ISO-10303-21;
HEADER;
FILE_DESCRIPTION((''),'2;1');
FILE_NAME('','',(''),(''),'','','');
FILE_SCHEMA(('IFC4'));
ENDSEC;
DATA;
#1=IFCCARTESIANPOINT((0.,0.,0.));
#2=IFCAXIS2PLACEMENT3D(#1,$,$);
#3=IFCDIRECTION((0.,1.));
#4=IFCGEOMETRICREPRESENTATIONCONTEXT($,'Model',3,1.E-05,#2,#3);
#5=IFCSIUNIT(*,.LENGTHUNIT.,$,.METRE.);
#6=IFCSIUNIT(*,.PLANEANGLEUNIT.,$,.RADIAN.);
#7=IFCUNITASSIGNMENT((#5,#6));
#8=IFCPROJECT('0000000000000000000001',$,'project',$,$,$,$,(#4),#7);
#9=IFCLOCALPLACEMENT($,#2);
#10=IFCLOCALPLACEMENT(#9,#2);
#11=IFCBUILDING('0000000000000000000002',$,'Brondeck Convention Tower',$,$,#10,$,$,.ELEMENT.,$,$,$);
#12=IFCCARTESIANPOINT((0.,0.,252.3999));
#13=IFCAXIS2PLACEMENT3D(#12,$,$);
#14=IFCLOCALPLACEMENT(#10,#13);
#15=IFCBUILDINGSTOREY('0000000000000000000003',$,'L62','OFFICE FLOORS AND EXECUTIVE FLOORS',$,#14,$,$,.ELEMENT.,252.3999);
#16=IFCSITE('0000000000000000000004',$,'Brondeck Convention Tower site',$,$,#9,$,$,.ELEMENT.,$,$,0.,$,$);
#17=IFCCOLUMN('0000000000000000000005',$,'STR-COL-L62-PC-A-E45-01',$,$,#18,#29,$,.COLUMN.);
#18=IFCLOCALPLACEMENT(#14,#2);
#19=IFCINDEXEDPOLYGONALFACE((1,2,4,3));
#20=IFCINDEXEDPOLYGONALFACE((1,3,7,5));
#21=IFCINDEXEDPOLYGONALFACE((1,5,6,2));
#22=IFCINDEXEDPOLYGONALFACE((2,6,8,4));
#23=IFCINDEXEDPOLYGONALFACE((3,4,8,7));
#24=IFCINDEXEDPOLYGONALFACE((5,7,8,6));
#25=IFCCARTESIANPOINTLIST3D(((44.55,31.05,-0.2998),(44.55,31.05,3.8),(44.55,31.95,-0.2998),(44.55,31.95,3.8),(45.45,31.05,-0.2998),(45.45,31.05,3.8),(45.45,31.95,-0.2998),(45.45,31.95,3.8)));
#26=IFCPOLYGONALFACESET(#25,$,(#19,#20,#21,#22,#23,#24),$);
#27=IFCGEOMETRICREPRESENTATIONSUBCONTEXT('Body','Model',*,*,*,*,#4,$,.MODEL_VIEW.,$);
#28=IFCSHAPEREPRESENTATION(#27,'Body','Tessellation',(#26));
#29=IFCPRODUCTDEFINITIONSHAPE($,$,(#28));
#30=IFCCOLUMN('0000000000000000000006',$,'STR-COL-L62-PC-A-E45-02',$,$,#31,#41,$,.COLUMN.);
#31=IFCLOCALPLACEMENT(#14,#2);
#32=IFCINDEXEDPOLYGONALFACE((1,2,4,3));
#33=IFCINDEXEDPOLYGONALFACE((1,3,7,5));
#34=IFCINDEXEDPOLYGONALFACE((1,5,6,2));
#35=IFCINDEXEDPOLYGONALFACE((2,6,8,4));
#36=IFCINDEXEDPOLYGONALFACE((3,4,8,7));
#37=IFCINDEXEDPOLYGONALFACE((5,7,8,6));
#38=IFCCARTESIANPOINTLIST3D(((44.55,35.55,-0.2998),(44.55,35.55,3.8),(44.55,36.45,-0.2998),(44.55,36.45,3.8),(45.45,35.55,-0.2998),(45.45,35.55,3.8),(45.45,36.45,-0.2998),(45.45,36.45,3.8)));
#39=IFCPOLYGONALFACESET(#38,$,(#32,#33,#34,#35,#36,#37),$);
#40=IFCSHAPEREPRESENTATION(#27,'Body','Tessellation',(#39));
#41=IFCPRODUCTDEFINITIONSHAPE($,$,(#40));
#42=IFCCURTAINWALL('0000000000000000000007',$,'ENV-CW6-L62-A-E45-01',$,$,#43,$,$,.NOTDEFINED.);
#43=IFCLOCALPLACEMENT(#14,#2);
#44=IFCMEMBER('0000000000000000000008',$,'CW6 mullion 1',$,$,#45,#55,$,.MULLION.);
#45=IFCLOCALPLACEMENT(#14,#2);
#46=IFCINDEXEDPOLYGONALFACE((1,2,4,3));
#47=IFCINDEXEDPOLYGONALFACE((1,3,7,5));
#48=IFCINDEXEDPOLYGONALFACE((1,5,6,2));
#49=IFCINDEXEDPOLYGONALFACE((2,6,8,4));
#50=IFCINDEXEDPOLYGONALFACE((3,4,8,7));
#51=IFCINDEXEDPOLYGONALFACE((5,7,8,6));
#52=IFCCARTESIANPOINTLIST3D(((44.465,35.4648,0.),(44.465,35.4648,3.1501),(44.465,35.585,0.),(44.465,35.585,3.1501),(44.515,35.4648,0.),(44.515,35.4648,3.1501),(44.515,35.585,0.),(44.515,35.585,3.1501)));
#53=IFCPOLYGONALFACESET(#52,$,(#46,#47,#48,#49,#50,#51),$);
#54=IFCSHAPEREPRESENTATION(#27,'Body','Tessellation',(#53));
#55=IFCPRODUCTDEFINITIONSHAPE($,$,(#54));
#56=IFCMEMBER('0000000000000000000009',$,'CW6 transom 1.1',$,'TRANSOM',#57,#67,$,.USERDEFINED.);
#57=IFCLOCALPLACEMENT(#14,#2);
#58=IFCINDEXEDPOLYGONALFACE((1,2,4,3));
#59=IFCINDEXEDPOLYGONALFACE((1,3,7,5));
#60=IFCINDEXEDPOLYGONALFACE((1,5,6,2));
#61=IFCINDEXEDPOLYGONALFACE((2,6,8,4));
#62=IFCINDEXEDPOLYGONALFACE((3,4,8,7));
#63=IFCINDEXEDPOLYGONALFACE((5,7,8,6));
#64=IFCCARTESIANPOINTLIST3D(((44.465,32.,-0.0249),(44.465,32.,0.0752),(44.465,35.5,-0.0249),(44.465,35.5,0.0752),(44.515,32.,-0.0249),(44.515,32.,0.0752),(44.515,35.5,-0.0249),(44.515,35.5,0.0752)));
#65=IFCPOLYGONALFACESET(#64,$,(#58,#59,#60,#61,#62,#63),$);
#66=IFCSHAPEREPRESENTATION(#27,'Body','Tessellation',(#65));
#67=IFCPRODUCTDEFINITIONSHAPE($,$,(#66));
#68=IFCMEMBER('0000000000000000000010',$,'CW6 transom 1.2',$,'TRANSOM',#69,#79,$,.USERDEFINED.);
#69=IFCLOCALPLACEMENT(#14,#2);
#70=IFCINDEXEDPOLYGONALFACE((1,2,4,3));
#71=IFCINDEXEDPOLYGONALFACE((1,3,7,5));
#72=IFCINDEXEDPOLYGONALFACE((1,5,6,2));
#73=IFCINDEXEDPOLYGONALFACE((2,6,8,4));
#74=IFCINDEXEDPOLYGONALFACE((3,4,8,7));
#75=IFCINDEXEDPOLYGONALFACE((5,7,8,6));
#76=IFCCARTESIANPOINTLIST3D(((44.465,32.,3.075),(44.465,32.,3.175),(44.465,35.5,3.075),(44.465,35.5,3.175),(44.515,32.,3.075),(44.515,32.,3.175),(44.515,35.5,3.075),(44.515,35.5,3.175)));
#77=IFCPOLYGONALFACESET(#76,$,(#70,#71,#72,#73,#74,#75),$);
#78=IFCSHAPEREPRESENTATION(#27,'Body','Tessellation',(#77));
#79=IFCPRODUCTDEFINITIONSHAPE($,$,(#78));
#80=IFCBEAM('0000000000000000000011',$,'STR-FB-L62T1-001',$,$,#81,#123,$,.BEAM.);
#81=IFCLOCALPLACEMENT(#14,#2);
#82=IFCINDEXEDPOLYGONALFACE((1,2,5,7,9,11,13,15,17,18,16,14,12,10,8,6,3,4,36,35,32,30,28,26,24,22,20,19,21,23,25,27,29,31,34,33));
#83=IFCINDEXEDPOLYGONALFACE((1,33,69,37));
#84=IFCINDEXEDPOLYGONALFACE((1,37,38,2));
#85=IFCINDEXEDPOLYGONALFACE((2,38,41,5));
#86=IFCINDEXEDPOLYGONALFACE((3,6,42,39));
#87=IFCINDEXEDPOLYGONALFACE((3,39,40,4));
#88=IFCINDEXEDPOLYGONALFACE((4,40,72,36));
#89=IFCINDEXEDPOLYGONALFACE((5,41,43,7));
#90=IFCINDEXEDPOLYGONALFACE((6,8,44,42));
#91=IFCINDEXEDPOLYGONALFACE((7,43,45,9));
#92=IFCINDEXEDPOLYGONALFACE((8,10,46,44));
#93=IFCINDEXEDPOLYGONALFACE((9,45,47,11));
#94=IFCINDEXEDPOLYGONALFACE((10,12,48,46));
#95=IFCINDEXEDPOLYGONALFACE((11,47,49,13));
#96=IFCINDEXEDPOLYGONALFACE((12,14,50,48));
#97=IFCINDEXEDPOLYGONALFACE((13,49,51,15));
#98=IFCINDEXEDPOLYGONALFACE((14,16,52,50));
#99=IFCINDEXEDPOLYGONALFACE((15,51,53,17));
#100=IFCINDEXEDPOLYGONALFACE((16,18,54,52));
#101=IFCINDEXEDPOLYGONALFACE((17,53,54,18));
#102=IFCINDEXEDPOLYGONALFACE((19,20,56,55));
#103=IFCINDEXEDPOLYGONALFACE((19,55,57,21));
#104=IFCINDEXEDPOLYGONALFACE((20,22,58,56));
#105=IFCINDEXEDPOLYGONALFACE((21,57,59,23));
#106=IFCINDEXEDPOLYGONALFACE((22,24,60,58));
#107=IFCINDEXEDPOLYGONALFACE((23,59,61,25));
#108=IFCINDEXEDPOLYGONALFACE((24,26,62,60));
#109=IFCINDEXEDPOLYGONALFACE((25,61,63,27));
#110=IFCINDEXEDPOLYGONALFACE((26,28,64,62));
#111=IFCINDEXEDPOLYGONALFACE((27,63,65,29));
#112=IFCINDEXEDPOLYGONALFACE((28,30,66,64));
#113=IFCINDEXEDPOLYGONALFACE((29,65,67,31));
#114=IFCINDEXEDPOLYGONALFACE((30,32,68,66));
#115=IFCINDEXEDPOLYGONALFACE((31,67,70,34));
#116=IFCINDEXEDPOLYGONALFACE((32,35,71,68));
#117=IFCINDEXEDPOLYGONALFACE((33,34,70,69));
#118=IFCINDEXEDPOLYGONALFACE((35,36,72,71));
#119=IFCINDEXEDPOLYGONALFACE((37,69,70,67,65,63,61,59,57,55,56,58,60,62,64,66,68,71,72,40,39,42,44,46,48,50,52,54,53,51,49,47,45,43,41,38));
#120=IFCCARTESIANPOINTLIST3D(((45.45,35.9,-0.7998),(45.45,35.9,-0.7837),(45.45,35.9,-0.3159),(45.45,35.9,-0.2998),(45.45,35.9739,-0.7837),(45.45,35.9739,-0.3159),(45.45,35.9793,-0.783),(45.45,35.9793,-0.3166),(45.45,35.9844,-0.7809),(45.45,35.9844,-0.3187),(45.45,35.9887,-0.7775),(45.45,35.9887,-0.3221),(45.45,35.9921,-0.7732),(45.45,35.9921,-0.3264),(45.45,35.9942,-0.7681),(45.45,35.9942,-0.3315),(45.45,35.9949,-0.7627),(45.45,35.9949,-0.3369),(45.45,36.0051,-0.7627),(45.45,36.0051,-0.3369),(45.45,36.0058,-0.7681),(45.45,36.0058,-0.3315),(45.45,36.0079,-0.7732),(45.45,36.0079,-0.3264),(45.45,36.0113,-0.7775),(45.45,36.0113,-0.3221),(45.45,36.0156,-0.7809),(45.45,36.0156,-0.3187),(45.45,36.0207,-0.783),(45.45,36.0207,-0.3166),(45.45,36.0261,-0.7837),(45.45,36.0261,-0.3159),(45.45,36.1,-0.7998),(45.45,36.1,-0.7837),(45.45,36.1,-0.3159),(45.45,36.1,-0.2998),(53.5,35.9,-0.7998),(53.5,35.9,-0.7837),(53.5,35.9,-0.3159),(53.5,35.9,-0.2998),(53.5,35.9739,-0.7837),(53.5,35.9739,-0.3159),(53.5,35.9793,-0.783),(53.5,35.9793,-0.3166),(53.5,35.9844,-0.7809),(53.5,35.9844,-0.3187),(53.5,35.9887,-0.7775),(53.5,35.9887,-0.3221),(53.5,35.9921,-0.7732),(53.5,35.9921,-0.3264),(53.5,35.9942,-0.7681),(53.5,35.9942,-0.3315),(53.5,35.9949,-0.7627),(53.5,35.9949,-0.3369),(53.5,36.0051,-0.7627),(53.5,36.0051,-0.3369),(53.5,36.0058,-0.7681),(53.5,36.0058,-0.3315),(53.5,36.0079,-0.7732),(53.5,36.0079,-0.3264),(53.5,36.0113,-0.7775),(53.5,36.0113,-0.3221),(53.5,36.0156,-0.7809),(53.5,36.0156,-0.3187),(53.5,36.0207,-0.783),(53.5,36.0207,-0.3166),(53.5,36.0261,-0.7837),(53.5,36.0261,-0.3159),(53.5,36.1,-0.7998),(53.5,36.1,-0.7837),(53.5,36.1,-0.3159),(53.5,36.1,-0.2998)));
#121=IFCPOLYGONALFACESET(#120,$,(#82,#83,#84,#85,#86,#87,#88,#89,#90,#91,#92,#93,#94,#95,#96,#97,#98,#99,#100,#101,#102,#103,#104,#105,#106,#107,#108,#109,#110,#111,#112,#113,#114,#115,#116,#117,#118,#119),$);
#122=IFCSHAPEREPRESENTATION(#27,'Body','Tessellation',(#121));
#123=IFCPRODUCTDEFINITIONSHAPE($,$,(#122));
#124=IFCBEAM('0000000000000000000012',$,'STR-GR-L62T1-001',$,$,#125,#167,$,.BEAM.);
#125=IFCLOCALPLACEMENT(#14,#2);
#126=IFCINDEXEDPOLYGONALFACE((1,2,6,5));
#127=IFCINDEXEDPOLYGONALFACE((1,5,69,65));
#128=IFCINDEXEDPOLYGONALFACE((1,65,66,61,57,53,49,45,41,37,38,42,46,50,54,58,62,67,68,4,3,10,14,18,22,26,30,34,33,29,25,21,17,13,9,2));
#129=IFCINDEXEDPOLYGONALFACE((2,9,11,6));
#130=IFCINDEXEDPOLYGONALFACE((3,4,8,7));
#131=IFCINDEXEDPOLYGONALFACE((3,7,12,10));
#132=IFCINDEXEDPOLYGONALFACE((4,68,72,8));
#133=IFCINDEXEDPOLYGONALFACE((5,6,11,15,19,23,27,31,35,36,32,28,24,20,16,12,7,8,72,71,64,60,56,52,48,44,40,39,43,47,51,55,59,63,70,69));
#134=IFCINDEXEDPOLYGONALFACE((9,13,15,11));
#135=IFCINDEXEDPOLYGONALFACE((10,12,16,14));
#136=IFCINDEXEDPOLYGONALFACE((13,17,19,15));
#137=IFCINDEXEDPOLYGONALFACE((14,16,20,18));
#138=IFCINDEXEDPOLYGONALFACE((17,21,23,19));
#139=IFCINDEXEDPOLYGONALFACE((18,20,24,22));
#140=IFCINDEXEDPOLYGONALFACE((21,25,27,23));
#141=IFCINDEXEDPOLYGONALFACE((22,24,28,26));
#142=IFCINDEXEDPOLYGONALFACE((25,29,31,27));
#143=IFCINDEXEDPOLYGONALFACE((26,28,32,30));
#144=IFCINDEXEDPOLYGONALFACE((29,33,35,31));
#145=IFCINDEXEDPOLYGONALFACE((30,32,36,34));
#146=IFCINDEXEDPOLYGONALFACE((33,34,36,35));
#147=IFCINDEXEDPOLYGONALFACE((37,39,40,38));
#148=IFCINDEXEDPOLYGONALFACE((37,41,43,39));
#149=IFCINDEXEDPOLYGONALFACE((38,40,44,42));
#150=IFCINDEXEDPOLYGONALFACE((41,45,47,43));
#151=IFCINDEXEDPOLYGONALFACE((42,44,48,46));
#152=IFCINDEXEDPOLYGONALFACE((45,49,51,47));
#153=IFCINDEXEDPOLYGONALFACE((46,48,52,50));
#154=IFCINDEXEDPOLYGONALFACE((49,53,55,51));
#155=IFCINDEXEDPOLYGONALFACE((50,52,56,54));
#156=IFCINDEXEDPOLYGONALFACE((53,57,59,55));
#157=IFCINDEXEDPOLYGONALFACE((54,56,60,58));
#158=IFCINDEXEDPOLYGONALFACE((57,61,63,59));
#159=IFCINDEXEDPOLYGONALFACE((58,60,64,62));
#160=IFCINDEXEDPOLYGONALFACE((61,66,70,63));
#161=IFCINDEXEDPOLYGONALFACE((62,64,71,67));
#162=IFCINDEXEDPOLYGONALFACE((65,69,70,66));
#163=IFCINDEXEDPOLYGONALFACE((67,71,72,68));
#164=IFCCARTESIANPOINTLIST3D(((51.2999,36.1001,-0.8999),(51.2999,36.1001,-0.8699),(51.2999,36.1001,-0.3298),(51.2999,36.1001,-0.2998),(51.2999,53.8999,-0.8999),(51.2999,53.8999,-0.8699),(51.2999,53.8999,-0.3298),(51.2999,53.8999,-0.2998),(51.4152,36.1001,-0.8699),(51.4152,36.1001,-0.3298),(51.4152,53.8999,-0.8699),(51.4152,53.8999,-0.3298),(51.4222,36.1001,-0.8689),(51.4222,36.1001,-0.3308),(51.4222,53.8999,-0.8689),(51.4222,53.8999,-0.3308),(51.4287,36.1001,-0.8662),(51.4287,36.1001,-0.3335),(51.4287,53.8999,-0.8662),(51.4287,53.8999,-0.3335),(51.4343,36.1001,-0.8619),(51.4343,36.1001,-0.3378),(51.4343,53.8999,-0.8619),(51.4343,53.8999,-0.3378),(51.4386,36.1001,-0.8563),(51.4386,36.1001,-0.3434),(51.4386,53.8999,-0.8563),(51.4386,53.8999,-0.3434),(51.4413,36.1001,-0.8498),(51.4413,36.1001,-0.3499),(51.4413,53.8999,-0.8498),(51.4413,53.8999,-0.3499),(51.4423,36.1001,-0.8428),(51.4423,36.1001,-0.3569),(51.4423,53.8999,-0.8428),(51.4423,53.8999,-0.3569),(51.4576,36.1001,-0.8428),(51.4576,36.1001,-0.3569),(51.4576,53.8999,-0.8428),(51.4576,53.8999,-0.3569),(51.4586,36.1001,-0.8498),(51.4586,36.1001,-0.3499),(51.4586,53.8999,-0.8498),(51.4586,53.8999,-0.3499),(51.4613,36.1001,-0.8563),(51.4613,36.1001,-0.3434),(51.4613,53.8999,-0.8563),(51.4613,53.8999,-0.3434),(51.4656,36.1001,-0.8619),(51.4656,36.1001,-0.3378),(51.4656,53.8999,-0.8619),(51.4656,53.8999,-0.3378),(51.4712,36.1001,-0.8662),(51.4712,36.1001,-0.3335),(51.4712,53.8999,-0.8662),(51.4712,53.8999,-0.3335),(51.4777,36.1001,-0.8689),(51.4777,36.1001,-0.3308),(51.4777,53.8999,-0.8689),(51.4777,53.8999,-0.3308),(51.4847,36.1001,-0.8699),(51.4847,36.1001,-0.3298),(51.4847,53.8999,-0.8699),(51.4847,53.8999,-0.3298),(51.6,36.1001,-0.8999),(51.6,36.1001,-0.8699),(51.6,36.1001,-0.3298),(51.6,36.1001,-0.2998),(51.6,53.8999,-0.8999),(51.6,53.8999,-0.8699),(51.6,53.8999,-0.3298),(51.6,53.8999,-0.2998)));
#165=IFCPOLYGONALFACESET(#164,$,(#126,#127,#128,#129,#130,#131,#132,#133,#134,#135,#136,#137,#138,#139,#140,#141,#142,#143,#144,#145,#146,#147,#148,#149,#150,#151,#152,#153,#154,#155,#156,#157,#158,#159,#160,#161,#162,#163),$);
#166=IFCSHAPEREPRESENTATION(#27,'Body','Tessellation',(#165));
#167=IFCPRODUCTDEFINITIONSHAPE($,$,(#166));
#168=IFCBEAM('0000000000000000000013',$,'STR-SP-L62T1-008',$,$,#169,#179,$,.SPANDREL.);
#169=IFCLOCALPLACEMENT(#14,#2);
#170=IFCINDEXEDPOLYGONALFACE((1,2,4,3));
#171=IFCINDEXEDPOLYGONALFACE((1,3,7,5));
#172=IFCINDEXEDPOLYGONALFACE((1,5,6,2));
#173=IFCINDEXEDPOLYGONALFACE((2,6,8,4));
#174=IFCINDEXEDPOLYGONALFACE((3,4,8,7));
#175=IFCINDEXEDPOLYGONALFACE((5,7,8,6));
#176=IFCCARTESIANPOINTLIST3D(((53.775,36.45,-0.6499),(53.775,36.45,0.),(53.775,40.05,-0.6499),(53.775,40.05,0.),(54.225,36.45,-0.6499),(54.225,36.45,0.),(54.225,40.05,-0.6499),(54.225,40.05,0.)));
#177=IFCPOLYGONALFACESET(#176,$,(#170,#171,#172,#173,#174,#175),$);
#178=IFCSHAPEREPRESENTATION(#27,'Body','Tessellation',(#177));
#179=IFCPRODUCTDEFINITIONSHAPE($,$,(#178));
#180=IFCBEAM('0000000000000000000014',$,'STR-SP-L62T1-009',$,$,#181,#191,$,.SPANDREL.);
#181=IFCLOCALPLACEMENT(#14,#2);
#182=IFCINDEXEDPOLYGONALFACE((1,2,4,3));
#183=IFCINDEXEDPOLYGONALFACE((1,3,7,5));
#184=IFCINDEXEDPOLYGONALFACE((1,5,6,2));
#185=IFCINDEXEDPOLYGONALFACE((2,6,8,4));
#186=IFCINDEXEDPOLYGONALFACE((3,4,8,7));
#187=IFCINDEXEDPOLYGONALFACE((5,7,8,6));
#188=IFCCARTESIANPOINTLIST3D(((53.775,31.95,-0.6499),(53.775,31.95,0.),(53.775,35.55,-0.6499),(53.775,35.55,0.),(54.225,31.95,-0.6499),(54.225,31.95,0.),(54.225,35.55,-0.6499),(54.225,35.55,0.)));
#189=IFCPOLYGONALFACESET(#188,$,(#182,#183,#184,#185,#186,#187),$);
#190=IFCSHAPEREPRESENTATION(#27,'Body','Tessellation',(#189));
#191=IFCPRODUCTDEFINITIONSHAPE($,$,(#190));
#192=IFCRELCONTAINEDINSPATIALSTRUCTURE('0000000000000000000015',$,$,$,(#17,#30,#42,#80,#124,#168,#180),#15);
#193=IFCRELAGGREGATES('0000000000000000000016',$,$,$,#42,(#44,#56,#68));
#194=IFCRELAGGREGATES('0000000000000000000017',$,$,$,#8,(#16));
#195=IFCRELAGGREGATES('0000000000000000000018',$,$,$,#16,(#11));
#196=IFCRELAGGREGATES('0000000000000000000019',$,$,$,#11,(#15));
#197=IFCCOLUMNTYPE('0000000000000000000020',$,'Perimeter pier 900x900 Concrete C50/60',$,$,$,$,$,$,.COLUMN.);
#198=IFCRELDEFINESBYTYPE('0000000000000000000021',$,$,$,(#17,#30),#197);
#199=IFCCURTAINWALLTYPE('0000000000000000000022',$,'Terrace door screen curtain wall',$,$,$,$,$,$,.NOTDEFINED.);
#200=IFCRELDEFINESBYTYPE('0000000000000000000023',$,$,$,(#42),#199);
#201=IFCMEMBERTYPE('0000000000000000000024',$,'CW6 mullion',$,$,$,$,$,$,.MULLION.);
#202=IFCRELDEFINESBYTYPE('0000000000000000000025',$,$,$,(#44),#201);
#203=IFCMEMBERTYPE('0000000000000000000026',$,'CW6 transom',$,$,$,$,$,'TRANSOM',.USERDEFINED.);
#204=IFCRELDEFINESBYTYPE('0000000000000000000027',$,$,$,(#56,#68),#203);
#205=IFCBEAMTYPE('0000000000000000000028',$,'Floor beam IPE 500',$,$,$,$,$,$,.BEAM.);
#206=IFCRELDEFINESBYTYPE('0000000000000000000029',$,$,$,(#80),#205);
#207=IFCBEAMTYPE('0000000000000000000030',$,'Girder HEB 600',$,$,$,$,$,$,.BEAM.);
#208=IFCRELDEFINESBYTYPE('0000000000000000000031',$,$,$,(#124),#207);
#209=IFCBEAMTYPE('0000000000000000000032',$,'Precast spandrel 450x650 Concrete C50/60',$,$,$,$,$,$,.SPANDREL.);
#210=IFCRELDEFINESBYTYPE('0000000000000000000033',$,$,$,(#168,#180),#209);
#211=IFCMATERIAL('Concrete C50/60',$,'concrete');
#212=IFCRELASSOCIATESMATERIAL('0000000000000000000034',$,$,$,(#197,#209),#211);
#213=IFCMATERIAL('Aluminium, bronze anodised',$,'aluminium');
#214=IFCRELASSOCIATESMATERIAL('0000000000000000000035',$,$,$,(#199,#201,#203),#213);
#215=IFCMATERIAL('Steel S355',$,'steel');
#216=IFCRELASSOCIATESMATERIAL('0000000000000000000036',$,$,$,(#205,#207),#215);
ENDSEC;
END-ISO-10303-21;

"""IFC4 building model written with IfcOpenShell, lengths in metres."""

from ifc_helpers import new_model, si_unit, direction, frame, origin, origin_2d, place, context, subcontext, project, spatial, rectangle, i_section, extrude, material, material_profile, profile_set, type_object, element, aggregate, save


model = new_model("IFC4")

# Units and contexts
model_context = context("Model", 3, precision=1e-05, world=origin(), true_north=direction((0.0, 1.0)))
body_context = subcontext(model_context, "Body", "Model", "MODEL_VIEW")
ifc_project = project(units=[si_unit("LENGTHUNIT", "METRE"), si_unit("PLANEANGLEUNIT", "RADIAN")], contexts=[model_context])

# Site, building, storey
site_placement = place(None, origin())
site = spatial("IfcSite", under=ifc_project, at=site_placement, Name="Brondeck Convention Tower site", CompositionType="ELEMENT", RefElevation=0.0)
building_placement = place(site_placement, origin())
building = spatial("IfcBuilding", under=site, at=building_placement, Name="Brondeck Convention Tower", CompositionType="ELEMENT")
storey_placement = place(building_placement, frame((0.0, 0.0, 252.3999)))
storey = spatial("IfcBuildingStorey", under=building, at=storey_placement, Name="L62", Description="OFFICE FLOORS AND EXECUTIVE FLOORS", CompositionType="ELEMENT", Elevation=252.3999)

# Columns
ifc_material_1 = material(Name="Concrete C50/60", Category="concrete")
ifc_material_profile_1 = material_profile(ifc_material_1, rectangle(XDim=0.8999, YDim=0.8999, at=origin_2d()), Name="Perimeter pier 900x900 Concrete C50/60")
ifc_profile_set_1 = profile_set([ifc_material_profile_1], Name="Concrete C50/60")
column_type = type_object("IfcColumnType", Name="Perimeter pier 900x900 Concrete C50/60", PredefinedType="COLUMN", material=ifc_profile_set_1)
for number, where, z_axis, x_axis, name in (
    (1, (45.0, 31.5, -0.2998), (0.0, 0.0, 1.0), (0.0, 1.0, 0.0), "STR-COL-L62-PC-A-E45-01"),
    (2, (45.0, 36.0, -0.2998), (0.0, 0.0, 1.0), (0.0, 1.0, 0.0), "STR-COL-L62-PC-A-E45-02"),
):
    element("IfcColumn", number, at=place(storey_placement, frame(where, z_axis=z_axis, x_axis=x_axis)), inside=storey, type_object=column_type, Name=name, PredefinedType="COLUMN", context=body_context, shape_type="SweptSolid", body=[
        extrude(rectangle(XDim=0.8999, YDim=0.8999, at=origin_2d()), origin(), (0.0, 0.0, 1.0), 4.0999),
    ])

# Curtain wall, members
ifc_material_2 = material(Name="Aluminium, bronze anodised", Category="aluminium")
curtain_wall_type = type_object("IfcCurtainWallType", Name="Terrace door screen curtain wall", PredefinedType="NOTDEFINED", material=ifc_material_2)
curtain_wall_placement = place(storey_placement, origin())
curtain_wall = element("IfcCurtainWall", 3, at=curtain_wall_placement, inside=storey, type_object=curtain_wall_type, Name="ENV-CW6-L62-A-E45-01", PredefinedType="NOTDEFINED")
ifc_material_profile_2 = material_profile(ifc_material_2, rectangle(XDim=0.05, YDim=0.1201, at=origin_2d()), Name="CW6 mullion")
ifc_profile_set_2 = profile_set([ifc_material_profile_2], Name="Aluminium, bronze anodised")
member_type_1 = type_object("IfcMemberType", Name="CW6 mullion", PredefinedType="MULLION", material=ifc_profile_set_2)
member_1_placement = place(storey_placement, frame((44.49, 35.5249, 0.0), z_axis=(0.0, 0.0, 1.0), x_axis=(1.0, 0.0, 0.0)))
member_1 = element("IfcMember", 4, at=member_1_placement, type_object=member_type_1, Name="CW6 mullion 1", PredefinedType="MULLION", context=body_context, shape_type="SweptSolid", body=[
    extrude(rectangle(XDim=0.05, YDim=0.1201, at=origin_2d()), origin(), (0.0, 0.0, 1.0), 3.1501),
])
ifc_material_profile_3 = material_profile(ifc_material_2, rectangle(XDim=0.05, YDim=0.1001, at=origin_2d()), Name="CW6 transom")
ifc_profile_set_3 = profile_set([ifc_material_profile_3], Name="Aluminium, bronze anodised")
member_type_2 = type_object("IfcMemberType", Name="CW6 transom", ElementType="TRANSOM", PredefinedType="USERDEFINED", material=ifc_profile_set_3)
member_2_placement = place(storey_placement, frame((44.49, 35.5, 0.0251), z_axis=(0.0, -1.0, 0.0), x_axis=(1.0, 0.0, 0.0)))
member_2 = element("IfcMember", 5, at=member_2_placement, type_object=member_type_2, Name="CW6 transom 1.1", ObjectType="TRANSOM", PredefinedType="USERDEFINED", context=body_context, shape_type="SweptSolid", body=[
    extrude(rectangle(XDim=0.05, YDim=0.1001, at=origin_2d()), origin(), (0.0, 0.0, 1.0), 3.5),
])
member_3_placement = place(storey_placement, frame((44.49, 35.5, 3.125), z_axis=(0.0, -1.0, 0.0), x_axis=(1.0, 0.0, 0.0)))
member_3 = element("IfcMember", 6, at=member_3_placement, type_object=member_type_2, Name="CW6 transom 1.2", ObjectType="TRANSOM", PredefinedType="USERDEFINED", context=body_context, shape_type="SweptSolid", body=[
    extrude(rectangle(XDim=0.05, YDim=0.1001, at=origin_2d()), origin(), (0.0, 0.0, 1.0), 3.5),
])

# Beams
ifc_material_3 = material(Name="Steel S355", Category="steel")
ifc_material_profile_4 = material_profile(ifc_material_3, i_section(OverallWidth=0.2, OverallDepth=0.5, WebThickness=0.0103, FlangeThickness=0.0161, FilletRadius=0.021, at=origin_2d()), Name="IPE 500")
ifc_profile_set_4 = profile_set([ifc_material_profile_4], Name="Steel S355")
beam_type_1 = type_object("IfcBeamType", Name="Floor beam IPE 500", PredefinedType="BEAM", material=ifc_profile_set_4)
beam_1_placement = place(storey_placement, frame((45.45, 36.0, -0.5498), z_axis=(1.0, 0.0, 0.0), x_axis=(0.0, 1.0, 0.0)))
element("IfcBeam", 7, at=beam_1_placement, inside=storey, type_object=beam_type_1, Name="STR-FB-L62T1-001", PredefinedType="BEAM", context=body_context, shape_type="SweptSolid", body=[
    extrude(i_section(OverallWidth=0.2, OverallDepth=0.5, WebThickness=0.0103, FlangeThickness=0.0161, FilletRadius=0.021, at=origin_2d()), origin(), (0.0, 0.0, 1.0), 8.05),
])
ifc_material_profile_5 = material_profile(ifc_material_3, i_section(OverallWidth=0.3, OverallDepth=0.6001, WebThickness=0.0154, FlangeThickness=0.03, FilletRadius=0.0271, at=origin_2d()), Name="HEB 600")
ifc_profile_set_5 = profile_set([ifc_material_profile_5], Name="Steel S355")
beam_type_2 = type_object("IfcBeamType", Name="Girder HEB 600", PredefinedType="BEAM", material=ifc_profile_set_5)
beam_2_placement = place(storey_placement, frame((51.45, 36.1001, -0.5999), z_axis=(0.0, 1.0, 0.0), x_axis=(-1.0, 0.0, 0.0)))
element("IfcBeam", 8, at=beam_2_placement, inside=storey, type_object=beam_type_2, Name="STR-GR-L62T1-001", PredefinedType="BEAM", context=body_context, shape_type="SweptSolid", body=[
    extrude(i_section(OverallWidth=0.3, OverallDepth=0.6001, WebThickness=0.0154, FlangeThickness=0.03, FilletRadius=0.0271, at=origin_2d()), origin(), (0.0, 0.0, 1.0), 17.7998),
])
ifc_material_profile_6 = material_profile(ifc_material_1, rectangle(XDim=0.45, YDim=0.6499, at=origin_2d()), Name="Precast spandrel 450x650 Concrete C50/60")
ifc_profile_set_6 = profile_set([ifc_material_profile_6], Name="Concrete C50/60")
beam_type_3 = type_object("IfcBeamType", Name="Precast spandrel 450x650 Concrete C50/60", PredefinedType="SPANDREL", material=ifc_profile_set_6)
for number, where, z_axis, x_axis, name in (
    (9, (54.0, 40.05, -0.325), (0.0, -1.0, 0.0), (1.0, 0.0, 0.0), "STR-SP-L62T1-008"),
    (10, (54.0, 35.55, -0.325), (0.0, -1.0, 0.0), (1.0, 0.0, 0.0), "STR-SP-L62T1-009"),
):
    element("IfcBeam", number, at=place(storey_placement, frame(where, z_axis=z_axis, x_axis=x_axis)), inside=storey, type_object=beam_type_3, Name=name, PredefinedType="SPANDREL", context=body_context, shape_type="SweptSolid", body=[
        extrude(rectangle(XDim=0.45, YDim=0.6499, at=origin_2d()), origin(), (0.0, 0.0, 1.0), 3.6001),
    ])

aggregate(curtain_wall, [member_1, member_2, member_3])

save(model, "model.ifc")
